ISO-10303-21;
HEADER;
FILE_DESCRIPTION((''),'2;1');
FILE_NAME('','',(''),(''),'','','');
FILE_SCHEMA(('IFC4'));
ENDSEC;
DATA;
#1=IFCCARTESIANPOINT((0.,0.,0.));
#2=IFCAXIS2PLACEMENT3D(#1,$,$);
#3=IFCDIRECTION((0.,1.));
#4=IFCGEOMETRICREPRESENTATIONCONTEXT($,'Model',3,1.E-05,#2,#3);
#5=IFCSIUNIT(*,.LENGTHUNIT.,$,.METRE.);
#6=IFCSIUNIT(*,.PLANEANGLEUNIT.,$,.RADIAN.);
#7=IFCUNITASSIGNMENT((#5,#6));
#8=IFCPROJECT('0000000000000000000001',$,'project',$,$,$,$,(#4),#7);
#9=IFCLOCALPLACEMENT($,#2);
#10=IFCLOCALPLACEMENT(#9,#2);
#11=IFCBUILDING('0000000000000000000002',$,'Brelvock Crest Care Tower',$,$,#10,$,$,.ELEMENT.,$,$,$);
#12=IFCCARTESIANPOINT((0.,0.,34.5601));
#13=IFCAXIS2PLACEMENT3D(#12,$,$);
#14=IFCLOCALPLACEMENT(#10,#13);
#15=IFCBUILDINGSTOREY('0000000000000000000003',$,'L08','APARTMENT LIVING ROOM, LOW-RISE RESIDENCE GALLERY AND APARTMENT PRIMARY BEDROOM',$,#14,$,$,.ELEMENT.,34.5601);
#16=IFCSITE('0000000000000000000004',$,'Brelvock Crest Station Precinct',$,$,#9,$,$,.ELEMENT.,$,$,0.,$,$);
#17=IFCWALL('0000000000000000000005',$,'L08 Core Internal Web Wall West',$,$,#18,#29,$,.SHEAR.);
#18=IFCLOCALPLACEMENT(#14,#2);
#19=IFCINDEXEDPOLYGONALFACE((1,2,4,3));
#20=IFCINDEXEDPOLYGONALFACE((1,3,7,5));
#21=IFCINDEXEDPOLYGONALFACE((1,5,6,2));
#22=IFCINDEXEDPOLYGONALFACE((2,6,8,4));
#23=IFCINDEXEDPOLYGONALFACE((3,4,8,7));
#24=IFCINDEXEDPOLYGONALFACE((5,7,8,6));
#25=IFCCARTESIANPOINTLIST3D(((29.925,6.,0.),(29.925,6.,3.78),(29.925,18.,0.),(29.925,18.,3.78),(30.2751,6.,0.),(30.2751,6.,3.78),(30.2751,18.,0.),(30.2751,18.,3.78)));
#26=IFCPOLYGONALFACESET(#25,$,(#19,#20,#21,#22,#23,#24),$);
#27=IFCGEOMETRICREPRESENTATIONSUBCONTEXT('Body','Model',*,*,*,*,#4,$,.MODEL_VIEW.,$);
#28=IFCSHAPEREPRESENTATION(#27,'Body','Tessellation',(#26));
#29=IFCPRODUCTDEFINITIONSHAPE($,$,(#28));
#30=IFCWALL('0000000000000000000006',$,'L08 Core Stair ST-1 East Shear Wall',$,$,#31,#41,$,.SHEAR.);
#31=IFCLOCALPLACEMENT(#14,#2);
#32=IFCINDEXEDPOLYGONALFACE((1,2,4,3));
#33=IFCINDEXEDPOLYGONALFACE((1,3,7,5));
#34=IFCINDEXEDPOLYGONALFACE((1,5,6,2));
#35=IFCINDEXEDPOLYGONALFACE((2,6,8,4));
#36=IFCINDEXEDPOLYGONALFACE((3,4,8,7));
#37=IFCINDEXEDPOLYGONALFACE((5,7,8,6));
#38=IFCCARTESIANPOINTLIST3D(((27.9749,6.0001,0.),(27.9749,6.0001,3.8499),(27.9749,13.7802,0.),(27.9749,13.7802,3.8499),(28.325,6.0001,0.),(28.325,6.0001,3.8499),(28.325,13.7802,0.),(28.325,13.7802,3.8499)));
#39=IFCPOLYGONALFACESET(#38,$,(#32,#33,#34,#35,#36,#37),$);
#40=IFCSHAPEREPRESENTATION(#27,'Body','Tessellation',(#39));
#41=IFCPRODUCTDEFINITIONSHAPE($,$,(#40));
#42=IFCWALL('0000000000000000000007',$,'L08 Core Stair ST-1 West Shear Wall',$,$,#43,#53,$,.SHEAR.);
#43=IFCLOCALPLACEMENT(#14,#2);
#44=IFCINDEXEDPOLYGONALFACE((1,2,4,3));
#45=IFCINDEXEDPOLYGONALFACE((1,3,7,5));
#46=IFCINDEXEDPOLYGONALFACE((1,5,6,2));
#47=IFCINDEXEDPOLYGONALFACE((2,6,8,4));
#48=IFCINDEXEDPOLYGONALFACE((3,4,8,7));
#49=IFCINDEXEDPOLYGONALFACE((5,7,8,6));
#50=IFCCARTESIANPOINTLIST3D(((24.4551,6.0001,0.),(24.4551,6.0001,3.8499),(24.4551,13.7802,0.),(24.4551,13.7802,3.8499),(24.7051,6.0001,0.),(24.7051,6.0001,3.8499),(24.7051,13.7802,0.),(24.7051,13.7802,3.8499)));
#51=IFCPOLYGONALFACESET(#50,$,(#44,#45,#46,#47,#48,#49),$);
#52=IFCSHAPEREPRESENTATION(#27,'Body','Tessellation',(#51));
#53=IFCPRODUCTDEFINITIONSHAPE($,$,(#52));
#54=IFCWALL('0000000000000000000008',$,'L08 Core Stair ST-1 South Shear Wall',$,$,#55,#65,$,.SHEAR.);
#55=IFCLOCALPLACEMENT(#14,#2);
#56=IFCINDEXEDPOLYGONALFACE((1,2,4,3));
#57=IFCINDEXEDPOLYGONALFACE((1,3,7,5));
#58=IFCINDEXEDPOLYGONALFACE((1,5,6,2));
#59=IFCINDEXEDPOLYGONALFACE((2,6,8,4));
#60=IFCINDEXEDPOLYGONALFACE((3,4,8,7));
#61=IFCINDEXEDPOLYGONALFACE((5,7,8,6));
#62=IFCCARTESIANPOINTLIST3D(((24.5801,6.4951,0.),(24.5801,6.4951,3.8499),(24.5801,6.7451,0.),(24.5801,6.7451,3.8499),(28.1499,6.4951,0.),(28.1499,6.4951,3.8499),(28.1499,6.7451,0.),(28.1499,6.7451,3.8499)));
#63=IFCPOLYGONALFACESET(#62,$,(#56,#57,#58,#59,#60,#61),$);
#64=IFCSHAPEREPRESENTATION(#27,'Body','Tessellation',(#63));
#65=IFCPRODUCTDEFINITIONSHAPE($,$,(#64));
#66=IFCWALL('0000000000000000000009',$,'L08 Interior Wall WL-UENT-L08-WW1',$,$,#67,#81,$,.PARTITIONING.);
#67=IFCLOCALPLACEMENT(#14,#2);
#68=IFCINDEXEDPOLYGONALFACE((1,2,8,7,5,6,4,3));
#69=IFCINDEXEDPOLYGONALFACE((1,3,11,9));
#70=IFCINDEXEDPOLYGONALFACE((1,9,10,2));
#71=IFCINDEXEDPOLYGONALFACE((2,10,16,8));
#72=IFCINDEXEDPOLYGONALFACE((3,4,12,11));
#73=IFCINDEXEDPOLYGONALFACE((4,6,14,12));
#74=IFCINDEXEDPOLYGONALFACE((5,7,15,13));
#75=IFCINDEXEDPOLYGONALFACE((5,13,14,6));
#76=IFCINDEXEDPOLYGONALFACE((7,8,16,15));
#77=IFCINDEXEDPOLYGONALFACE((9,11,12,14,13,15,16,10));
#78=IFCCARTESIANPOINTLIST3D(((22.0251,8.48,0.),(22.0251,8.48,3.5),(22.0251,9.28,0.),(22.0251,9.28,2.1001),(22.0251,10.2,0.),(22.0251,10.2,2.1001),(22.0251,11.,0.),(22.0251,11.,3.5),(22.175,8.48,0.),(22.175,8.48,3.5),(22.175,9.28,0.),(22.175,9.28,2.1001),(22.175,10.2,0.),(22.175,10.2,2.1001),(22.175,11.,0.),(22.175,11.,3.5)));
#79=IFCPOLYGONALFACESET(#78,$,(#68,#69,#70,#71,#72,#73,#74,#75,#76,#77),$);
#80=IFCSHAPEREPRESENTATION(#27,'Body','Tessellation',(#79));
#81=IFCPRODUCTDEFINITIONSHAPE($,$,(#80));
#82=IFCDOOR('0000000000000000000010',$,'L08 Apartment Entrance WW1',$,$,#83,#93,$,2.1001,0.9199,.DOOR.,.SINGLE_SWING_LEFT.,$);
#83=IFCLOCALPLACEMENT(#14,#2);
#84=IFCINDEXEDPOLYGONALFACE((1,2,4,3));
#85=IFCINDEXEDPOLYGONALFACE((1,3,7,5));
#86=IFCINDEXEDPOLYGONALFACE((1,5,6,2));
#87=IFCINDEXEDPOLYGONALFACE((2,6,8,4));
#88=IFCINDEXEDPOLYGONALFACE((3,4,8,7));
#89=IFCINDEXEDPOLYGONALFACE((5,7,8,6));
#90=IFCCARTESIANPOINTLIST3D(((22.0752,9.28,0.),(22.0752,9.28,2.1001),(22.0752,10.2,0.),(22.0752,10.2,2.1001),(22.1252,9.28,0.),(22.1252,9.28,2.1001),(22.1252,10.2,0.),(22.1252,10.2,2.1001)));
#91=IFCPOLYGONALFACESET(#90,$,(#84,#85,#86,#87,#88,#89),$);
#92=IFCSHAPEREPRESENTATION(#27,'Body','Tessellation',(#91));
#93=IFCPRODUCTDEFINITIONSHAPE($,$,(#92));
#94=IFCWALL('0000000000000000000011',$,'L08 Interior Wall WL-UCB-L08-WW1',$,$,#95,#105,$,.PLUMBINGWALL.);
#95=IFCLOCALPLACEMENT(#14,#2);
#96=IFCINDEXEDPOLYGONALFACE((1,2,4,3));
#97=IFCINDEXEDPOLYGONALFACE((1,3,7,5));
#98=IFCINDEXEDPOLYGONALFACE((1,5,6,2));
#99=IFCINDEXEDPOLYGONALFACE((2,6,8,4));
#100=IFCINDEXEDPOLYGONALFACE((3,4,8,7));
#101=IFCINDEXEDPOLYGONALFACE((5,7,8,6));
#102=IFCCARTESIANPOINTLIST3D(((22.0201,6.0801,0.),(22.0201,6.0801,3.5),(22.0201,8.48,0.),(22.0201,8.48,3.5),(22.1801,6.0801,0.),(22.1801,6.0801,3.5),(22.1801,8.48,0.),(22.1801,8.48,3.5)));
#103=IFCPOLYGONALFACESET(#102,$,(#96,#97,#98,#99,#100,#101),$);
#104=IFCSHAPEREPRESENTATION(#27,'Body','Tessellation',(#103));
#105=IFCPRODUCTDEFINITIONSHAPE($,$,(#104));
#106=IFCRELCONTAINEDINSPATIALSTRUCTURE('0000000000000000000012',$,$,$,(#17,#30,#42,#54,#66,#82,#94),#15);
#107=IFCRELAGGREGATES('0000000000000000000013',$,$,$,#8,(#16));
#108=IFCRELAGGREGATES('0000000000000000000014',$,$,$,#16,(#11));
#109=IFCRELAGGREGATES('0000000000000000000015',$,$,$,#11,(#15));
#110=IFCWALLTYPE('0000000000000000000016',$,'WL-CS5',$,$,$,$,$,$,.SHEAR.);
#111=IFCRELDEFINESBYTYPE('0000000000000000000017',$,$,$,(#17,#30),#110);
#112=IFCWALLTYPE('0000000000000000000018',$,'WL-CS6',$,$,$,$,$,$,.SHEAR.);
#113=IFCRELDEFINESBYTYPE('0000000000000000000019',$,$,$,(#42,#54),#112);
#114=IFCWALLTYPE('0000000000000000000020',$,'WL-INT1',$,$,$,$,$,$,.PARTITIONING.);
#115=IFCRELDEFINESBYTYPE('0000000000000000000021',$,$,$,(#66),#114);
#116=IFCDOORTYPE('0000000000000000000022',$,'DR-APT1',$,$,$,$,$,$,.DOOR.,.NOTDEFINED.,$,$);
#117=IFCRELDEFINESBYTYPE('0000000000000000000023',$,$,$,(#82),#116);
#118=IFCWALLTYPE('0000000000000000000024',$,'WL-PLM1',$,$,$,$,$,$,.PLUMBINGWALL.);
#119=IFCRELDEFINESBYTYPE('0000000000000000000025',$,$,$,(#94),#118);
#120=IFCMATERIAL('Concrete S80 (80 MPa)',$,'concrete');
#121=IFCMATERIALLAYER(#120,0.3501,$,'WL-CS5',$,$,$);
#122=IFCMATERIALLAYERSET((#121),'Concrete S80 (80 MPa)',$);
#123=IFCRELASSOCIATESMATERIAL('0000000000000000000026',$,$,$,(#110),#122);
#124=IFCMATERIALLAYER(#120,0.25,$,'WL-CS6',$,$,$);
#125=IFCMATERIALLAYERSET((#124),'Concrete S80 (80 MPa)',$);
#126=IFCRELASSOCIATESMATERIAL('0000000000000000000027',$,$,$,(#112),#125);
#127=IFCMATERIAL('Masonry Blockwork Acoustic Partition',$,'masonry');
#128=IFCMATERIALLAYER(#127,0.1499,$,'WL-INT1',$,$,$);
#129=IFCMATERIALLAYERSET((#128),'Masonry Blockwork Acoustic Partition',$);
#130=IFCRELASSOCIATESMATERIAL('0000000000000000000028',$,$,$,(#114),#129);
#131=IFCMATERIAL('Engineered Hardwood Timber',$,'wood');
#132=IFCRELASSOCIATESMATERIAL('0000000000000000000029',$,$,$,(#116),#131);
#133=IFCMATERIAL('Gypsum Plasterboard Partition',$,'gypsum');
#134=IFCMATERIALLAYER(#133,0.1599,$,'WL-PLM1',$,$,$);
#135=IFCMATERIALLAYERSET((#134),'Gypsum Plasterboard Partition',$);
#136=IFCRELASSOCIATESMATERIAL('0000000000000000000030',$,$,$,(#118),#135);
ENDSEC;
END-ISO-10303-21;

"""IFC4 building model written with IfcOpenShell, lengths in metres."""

from ifc_helpers import new_model, si_unit, direction, frame, frame_2d, origin, origin_2d, place, context, subcontext, project, spatial, rectangle, extrude, source, transform, mapped, material, layer, layer_set, type_object, element, fill, save


model = new_model("IFC4")

# Units and contexts
model_context = context("Model", 3, precision=1e-05, world=origin(), true_north=direction((0.0, 1.0)))
body_context = subcontext(model_context, "Body", "Model", "MODEL_VIEW")
ifc_project = project(units=[si_unit("LENGTHUNIT", "METRE"), si_unit("PLANEANGLEUNIT", "RADIAN")], contexts=[model_context])

# Site, building, storey
site_placement = place(None, origin())
site = spatial("IfcSite", under=ifc_project, at=site_placement, Name="Brelvock Crest Station Precinct", CompositionType="ELEMENT", RefElevation=0.0)
building_placement = place(site_placement, origin())
building = spatial("IfcBuilding", under=site, at=building_placement, Name="Brelvock Crest Care Tower", CompositionType="ELEMENT")
storey_placement = place(building_placement, frame((0.0, 0.0, 34.5601)))
storey = spatial("IfcBuildingStorey", under=building, at=storey_placement, Name="L08", Description="APARTMENT LIVING ROOM, LOW-RISE RESIDENCE GALLERY AND APARTMENT PRIMARY BEDROOM", CompositionType="ELEMENT", Elevation=34.5601)

# Shared definitions
ifc_material_1 = material(Name="Concrete S80 (80 MPa)", Category="concrete")

# Walls
ifc_layer_1 = layer(ifc_material_1, 0.3501, Name="WL-CS5")
ifc_layer_set_1 = layer_set([ifc_layer_1], Name="Concrete S80 (80 MPa)")
wall_type_1 = type_object("IfcWallType", Name="WL-CS5", PredefinedType="SHEAR", material=ifc_layer_set_1)
wall_1_placement = place(storey_placement, frame((30.1001, 6.0, 0.0), z_axis=(0.0, 0.0, 1.0), x_axis=(0.0, 1.0, 0.0)))
element("IfcWall", 1, at=wall_1_placement, inside=storey, type_object=wall_type_1, Name="L08 Core Internal Web Wall West", PredefinedType="SHEAR", context=body_context, shape_type="SweptSolid", body=[
    extrude(rectangle(XDim=12.0, YDim=0.3501, at=frame_2d((6.0, 0.0))), origin(), (0.0, 0.0, 1.0), 3.78),
])
wall_2_placement = place(storey_placement, frame((28.1499, 6.0, 0.0), z_axis=(0.0, 0.0, 1.0), x_axis=(0.0, 1.0, 0.0)))
element("IfcWall", 2, at=wall_2_placement, inside=storey, type_object=wall_type_1, Name="L08 Core Stair ST-1 East Shear Wall", PredefinedType="SHEAR", context=body_context, shape_type="SweptSolid", body=[
    extrude(rectangle(XDim=7.78, YDim=0.3501, at=frame_2d((3.8901, 0.0))), origin(), (0.0, 0.0, 1.0), 3.8499),
])
ifc_layer_2 = layer(ifc_material_1, 0.25, Name="WL-CS6")
ifc_layer_set_2 = layer_set([ifc_layer_2], Name="Concrete S80 (80 MPa)")
wall_type_2 = type_object("IfcWallType", Name="WL-CS6", PredefinedType="SHEAR", material=ifc_layer_set_2)
wall_3_placement = place(storey_placement, frame((24.5801, 6.0, 0.0), z_axis=(0.0, 0.0, 1.0), x_axis=(0.0, 1.0, 0.0)))
element("IfcWall", 3, at=wall_3_placement, inside=storey, type_object=wall_type_2, Name="L08 Core Stair ST-1 West Shear Wall", PredefinedType="SHEAR", context=body_context, shape_type="SweptSolid", body=[
    extrude(rectangle(XDim=7.78, YDim=0.25, at=frame_2d((3.8901, 0.0))), origin(), (0.0, 0.0, 1.0), 3.8499),
])
wall_4_placement = place(storey_placement, frame((24.5801, 6.6201, 0.0), z_axis=(0.0, 0.0, 1.0), x_axis=(1.0, 0.0, 0.0)))
element("IfcWall", 4, at=wall_4_placement, inside=storey, type_object=wall_type_2, Name="L08 Core Stair ST-1 South Shear Wall", PredefinedType="SHEAR", context=body_context, shape_type="SweptSolid", body=[
    extrude(rectangle(XDim=3.5698, YDim=0.25, at=frame_2d((1.7849, 0.0))), origin(), (0.0, 0.0, 1.0), 3.8499),
])

# Wall, opening, door
ifc_material_2 = material(Name="Masonry Blockwork Acoustic Partition", Category="masonry")
ifc_layer_3 = layer(ifc_material_2, 0.1499, Name="WL-INT1")
ifc_layer_set_3 = layer_set([ifc_layer_3], Name="Masonry Blockwork Acoustic Partition")
wall_type_3 = type_object("IfcWallType", Name="WL-INT1", PredefinedType="PARTITIONING", material=ifc_layer_set_3)
wall_5_placement = place(storey_placement, frame((22.1001, 8.48, 0.0), z_axis=(0.0, 0.0, 1.0), x_axis=(0.0, 1.0, 0.0)))
wall_5 = element("IfcWall", 5, at=wall_5_placement, inside=storey, type_object=wall_type_3, Name="L08 Interior Wall WL-UENT-L08-WW1", PredefinedType="PARTITIONING", context=body_context, shape_type="SweptSolid", body=[
    extrude(rectangle(XDim=2.52, YDim=0.1499, at=frame_2d((1.26, 0.0))), origin(), (0.0, 0.0, 1.0), 3.5),
])
opening_placement = place(wall_5_placement, frame((0.8, 0.0, 0.0)))
opening = element("IfcOpeningElement", 6, at=opening_placement, cuts=wall_5, PredefinedType="OPENING", context=body_context, shape_type="SweptSolid", body=[
    extrude(rectangle(XDim=0.9199, YDim=2.1001, at=origin_2d()), frame((0.46, 0.085, 1.05), z_axis=(0.0, -1.0, 0.0), x_axis=(1.0, 0.0, 0.0)), (0.0, 0.0, 1.0), 0.1699),
])
ifc_material_3 = material(Name="Engineered Hardwood Timber", Category="wood")
door_type = type_object("IfcDoorType", Name="DR-APT1", OperationType="NOTDEFINED", PredefinedType="DOOR", material=ifc_material_3)
shared_shape_1 = source(origin(), body_context, "Body", "SweptSolid", [
    extrude(rectangle(XDim=0.9199, YDim=2.1001, at=origin_2d()), frame((0.46, 0.0249, 1.05), z_axis=(0.0, -1.0, 0.0), x_axis=(1.0, 0.0, 0.0)), (0.0, 0.0, 1.0), 0.05),
])
door_placement = place(opening_placement, origin())
door = element("IfcDoor", 7, at=door_placement, inside=storey, type_object=door_type, Name="L08 Apartment Entrance WW1", OperationType="SINGLE_SWING_LEFT", OverallHeight=2.1001, OverallWidth=0.9199, PredefinedType="DOOR", context=body_context, shape_type="MappedRepresentation", body=[
    mapped(shared_shape_1, transform((0.0, 0.0, 0.0), x_axis=(1.0, 0.0, 0.0), y_axis=(0.0, 1.0, 0.0), z_axis=(0.0, 0.0, 1.0), scale=1.0)),
])
fill(opening, door)

# Wall
ifc_material_4 = material(Name="Gypsum Plasterboard Partition", Category="gypsum")
ifc_layer_4 = layer(ifc_material_4, 0.1599, Name="WL-PLM1")
ifc_layer_set_4 = layer_set([ifc_layer_4], Name="Gypsum Plasterboard Partition")
wall_type_4 = type_object("IfcWallType", Name="WL-PLM1", PredefinedType="PLUMBINGWALL", material=ifc_layer_set_4)
wall_6_placement = place(storey_placement, frame((22.1001, 6.0801, 0.0), z_axis=(0.0, 0.0, 1.0), x_axis=(0.0, 1.0, 0.0)))
element("IfcWall", 8, at=wall_6_placement, inside=storey, type_object=wall_type_4, Name="L08 Interior Wall WL-UCB-L08-WW1", PredefinedType="PLUMBINGWALL", context=body_context, shape_type="SweptSolid", body=[
    extrude(rectangle(XDim=2.3999, YDim=0.1599, at=frame_2d((1.2, 0.0))), origin(), (0.0, 0.0, 1.0), 3.5),
])

save(model, "model.ifc")
